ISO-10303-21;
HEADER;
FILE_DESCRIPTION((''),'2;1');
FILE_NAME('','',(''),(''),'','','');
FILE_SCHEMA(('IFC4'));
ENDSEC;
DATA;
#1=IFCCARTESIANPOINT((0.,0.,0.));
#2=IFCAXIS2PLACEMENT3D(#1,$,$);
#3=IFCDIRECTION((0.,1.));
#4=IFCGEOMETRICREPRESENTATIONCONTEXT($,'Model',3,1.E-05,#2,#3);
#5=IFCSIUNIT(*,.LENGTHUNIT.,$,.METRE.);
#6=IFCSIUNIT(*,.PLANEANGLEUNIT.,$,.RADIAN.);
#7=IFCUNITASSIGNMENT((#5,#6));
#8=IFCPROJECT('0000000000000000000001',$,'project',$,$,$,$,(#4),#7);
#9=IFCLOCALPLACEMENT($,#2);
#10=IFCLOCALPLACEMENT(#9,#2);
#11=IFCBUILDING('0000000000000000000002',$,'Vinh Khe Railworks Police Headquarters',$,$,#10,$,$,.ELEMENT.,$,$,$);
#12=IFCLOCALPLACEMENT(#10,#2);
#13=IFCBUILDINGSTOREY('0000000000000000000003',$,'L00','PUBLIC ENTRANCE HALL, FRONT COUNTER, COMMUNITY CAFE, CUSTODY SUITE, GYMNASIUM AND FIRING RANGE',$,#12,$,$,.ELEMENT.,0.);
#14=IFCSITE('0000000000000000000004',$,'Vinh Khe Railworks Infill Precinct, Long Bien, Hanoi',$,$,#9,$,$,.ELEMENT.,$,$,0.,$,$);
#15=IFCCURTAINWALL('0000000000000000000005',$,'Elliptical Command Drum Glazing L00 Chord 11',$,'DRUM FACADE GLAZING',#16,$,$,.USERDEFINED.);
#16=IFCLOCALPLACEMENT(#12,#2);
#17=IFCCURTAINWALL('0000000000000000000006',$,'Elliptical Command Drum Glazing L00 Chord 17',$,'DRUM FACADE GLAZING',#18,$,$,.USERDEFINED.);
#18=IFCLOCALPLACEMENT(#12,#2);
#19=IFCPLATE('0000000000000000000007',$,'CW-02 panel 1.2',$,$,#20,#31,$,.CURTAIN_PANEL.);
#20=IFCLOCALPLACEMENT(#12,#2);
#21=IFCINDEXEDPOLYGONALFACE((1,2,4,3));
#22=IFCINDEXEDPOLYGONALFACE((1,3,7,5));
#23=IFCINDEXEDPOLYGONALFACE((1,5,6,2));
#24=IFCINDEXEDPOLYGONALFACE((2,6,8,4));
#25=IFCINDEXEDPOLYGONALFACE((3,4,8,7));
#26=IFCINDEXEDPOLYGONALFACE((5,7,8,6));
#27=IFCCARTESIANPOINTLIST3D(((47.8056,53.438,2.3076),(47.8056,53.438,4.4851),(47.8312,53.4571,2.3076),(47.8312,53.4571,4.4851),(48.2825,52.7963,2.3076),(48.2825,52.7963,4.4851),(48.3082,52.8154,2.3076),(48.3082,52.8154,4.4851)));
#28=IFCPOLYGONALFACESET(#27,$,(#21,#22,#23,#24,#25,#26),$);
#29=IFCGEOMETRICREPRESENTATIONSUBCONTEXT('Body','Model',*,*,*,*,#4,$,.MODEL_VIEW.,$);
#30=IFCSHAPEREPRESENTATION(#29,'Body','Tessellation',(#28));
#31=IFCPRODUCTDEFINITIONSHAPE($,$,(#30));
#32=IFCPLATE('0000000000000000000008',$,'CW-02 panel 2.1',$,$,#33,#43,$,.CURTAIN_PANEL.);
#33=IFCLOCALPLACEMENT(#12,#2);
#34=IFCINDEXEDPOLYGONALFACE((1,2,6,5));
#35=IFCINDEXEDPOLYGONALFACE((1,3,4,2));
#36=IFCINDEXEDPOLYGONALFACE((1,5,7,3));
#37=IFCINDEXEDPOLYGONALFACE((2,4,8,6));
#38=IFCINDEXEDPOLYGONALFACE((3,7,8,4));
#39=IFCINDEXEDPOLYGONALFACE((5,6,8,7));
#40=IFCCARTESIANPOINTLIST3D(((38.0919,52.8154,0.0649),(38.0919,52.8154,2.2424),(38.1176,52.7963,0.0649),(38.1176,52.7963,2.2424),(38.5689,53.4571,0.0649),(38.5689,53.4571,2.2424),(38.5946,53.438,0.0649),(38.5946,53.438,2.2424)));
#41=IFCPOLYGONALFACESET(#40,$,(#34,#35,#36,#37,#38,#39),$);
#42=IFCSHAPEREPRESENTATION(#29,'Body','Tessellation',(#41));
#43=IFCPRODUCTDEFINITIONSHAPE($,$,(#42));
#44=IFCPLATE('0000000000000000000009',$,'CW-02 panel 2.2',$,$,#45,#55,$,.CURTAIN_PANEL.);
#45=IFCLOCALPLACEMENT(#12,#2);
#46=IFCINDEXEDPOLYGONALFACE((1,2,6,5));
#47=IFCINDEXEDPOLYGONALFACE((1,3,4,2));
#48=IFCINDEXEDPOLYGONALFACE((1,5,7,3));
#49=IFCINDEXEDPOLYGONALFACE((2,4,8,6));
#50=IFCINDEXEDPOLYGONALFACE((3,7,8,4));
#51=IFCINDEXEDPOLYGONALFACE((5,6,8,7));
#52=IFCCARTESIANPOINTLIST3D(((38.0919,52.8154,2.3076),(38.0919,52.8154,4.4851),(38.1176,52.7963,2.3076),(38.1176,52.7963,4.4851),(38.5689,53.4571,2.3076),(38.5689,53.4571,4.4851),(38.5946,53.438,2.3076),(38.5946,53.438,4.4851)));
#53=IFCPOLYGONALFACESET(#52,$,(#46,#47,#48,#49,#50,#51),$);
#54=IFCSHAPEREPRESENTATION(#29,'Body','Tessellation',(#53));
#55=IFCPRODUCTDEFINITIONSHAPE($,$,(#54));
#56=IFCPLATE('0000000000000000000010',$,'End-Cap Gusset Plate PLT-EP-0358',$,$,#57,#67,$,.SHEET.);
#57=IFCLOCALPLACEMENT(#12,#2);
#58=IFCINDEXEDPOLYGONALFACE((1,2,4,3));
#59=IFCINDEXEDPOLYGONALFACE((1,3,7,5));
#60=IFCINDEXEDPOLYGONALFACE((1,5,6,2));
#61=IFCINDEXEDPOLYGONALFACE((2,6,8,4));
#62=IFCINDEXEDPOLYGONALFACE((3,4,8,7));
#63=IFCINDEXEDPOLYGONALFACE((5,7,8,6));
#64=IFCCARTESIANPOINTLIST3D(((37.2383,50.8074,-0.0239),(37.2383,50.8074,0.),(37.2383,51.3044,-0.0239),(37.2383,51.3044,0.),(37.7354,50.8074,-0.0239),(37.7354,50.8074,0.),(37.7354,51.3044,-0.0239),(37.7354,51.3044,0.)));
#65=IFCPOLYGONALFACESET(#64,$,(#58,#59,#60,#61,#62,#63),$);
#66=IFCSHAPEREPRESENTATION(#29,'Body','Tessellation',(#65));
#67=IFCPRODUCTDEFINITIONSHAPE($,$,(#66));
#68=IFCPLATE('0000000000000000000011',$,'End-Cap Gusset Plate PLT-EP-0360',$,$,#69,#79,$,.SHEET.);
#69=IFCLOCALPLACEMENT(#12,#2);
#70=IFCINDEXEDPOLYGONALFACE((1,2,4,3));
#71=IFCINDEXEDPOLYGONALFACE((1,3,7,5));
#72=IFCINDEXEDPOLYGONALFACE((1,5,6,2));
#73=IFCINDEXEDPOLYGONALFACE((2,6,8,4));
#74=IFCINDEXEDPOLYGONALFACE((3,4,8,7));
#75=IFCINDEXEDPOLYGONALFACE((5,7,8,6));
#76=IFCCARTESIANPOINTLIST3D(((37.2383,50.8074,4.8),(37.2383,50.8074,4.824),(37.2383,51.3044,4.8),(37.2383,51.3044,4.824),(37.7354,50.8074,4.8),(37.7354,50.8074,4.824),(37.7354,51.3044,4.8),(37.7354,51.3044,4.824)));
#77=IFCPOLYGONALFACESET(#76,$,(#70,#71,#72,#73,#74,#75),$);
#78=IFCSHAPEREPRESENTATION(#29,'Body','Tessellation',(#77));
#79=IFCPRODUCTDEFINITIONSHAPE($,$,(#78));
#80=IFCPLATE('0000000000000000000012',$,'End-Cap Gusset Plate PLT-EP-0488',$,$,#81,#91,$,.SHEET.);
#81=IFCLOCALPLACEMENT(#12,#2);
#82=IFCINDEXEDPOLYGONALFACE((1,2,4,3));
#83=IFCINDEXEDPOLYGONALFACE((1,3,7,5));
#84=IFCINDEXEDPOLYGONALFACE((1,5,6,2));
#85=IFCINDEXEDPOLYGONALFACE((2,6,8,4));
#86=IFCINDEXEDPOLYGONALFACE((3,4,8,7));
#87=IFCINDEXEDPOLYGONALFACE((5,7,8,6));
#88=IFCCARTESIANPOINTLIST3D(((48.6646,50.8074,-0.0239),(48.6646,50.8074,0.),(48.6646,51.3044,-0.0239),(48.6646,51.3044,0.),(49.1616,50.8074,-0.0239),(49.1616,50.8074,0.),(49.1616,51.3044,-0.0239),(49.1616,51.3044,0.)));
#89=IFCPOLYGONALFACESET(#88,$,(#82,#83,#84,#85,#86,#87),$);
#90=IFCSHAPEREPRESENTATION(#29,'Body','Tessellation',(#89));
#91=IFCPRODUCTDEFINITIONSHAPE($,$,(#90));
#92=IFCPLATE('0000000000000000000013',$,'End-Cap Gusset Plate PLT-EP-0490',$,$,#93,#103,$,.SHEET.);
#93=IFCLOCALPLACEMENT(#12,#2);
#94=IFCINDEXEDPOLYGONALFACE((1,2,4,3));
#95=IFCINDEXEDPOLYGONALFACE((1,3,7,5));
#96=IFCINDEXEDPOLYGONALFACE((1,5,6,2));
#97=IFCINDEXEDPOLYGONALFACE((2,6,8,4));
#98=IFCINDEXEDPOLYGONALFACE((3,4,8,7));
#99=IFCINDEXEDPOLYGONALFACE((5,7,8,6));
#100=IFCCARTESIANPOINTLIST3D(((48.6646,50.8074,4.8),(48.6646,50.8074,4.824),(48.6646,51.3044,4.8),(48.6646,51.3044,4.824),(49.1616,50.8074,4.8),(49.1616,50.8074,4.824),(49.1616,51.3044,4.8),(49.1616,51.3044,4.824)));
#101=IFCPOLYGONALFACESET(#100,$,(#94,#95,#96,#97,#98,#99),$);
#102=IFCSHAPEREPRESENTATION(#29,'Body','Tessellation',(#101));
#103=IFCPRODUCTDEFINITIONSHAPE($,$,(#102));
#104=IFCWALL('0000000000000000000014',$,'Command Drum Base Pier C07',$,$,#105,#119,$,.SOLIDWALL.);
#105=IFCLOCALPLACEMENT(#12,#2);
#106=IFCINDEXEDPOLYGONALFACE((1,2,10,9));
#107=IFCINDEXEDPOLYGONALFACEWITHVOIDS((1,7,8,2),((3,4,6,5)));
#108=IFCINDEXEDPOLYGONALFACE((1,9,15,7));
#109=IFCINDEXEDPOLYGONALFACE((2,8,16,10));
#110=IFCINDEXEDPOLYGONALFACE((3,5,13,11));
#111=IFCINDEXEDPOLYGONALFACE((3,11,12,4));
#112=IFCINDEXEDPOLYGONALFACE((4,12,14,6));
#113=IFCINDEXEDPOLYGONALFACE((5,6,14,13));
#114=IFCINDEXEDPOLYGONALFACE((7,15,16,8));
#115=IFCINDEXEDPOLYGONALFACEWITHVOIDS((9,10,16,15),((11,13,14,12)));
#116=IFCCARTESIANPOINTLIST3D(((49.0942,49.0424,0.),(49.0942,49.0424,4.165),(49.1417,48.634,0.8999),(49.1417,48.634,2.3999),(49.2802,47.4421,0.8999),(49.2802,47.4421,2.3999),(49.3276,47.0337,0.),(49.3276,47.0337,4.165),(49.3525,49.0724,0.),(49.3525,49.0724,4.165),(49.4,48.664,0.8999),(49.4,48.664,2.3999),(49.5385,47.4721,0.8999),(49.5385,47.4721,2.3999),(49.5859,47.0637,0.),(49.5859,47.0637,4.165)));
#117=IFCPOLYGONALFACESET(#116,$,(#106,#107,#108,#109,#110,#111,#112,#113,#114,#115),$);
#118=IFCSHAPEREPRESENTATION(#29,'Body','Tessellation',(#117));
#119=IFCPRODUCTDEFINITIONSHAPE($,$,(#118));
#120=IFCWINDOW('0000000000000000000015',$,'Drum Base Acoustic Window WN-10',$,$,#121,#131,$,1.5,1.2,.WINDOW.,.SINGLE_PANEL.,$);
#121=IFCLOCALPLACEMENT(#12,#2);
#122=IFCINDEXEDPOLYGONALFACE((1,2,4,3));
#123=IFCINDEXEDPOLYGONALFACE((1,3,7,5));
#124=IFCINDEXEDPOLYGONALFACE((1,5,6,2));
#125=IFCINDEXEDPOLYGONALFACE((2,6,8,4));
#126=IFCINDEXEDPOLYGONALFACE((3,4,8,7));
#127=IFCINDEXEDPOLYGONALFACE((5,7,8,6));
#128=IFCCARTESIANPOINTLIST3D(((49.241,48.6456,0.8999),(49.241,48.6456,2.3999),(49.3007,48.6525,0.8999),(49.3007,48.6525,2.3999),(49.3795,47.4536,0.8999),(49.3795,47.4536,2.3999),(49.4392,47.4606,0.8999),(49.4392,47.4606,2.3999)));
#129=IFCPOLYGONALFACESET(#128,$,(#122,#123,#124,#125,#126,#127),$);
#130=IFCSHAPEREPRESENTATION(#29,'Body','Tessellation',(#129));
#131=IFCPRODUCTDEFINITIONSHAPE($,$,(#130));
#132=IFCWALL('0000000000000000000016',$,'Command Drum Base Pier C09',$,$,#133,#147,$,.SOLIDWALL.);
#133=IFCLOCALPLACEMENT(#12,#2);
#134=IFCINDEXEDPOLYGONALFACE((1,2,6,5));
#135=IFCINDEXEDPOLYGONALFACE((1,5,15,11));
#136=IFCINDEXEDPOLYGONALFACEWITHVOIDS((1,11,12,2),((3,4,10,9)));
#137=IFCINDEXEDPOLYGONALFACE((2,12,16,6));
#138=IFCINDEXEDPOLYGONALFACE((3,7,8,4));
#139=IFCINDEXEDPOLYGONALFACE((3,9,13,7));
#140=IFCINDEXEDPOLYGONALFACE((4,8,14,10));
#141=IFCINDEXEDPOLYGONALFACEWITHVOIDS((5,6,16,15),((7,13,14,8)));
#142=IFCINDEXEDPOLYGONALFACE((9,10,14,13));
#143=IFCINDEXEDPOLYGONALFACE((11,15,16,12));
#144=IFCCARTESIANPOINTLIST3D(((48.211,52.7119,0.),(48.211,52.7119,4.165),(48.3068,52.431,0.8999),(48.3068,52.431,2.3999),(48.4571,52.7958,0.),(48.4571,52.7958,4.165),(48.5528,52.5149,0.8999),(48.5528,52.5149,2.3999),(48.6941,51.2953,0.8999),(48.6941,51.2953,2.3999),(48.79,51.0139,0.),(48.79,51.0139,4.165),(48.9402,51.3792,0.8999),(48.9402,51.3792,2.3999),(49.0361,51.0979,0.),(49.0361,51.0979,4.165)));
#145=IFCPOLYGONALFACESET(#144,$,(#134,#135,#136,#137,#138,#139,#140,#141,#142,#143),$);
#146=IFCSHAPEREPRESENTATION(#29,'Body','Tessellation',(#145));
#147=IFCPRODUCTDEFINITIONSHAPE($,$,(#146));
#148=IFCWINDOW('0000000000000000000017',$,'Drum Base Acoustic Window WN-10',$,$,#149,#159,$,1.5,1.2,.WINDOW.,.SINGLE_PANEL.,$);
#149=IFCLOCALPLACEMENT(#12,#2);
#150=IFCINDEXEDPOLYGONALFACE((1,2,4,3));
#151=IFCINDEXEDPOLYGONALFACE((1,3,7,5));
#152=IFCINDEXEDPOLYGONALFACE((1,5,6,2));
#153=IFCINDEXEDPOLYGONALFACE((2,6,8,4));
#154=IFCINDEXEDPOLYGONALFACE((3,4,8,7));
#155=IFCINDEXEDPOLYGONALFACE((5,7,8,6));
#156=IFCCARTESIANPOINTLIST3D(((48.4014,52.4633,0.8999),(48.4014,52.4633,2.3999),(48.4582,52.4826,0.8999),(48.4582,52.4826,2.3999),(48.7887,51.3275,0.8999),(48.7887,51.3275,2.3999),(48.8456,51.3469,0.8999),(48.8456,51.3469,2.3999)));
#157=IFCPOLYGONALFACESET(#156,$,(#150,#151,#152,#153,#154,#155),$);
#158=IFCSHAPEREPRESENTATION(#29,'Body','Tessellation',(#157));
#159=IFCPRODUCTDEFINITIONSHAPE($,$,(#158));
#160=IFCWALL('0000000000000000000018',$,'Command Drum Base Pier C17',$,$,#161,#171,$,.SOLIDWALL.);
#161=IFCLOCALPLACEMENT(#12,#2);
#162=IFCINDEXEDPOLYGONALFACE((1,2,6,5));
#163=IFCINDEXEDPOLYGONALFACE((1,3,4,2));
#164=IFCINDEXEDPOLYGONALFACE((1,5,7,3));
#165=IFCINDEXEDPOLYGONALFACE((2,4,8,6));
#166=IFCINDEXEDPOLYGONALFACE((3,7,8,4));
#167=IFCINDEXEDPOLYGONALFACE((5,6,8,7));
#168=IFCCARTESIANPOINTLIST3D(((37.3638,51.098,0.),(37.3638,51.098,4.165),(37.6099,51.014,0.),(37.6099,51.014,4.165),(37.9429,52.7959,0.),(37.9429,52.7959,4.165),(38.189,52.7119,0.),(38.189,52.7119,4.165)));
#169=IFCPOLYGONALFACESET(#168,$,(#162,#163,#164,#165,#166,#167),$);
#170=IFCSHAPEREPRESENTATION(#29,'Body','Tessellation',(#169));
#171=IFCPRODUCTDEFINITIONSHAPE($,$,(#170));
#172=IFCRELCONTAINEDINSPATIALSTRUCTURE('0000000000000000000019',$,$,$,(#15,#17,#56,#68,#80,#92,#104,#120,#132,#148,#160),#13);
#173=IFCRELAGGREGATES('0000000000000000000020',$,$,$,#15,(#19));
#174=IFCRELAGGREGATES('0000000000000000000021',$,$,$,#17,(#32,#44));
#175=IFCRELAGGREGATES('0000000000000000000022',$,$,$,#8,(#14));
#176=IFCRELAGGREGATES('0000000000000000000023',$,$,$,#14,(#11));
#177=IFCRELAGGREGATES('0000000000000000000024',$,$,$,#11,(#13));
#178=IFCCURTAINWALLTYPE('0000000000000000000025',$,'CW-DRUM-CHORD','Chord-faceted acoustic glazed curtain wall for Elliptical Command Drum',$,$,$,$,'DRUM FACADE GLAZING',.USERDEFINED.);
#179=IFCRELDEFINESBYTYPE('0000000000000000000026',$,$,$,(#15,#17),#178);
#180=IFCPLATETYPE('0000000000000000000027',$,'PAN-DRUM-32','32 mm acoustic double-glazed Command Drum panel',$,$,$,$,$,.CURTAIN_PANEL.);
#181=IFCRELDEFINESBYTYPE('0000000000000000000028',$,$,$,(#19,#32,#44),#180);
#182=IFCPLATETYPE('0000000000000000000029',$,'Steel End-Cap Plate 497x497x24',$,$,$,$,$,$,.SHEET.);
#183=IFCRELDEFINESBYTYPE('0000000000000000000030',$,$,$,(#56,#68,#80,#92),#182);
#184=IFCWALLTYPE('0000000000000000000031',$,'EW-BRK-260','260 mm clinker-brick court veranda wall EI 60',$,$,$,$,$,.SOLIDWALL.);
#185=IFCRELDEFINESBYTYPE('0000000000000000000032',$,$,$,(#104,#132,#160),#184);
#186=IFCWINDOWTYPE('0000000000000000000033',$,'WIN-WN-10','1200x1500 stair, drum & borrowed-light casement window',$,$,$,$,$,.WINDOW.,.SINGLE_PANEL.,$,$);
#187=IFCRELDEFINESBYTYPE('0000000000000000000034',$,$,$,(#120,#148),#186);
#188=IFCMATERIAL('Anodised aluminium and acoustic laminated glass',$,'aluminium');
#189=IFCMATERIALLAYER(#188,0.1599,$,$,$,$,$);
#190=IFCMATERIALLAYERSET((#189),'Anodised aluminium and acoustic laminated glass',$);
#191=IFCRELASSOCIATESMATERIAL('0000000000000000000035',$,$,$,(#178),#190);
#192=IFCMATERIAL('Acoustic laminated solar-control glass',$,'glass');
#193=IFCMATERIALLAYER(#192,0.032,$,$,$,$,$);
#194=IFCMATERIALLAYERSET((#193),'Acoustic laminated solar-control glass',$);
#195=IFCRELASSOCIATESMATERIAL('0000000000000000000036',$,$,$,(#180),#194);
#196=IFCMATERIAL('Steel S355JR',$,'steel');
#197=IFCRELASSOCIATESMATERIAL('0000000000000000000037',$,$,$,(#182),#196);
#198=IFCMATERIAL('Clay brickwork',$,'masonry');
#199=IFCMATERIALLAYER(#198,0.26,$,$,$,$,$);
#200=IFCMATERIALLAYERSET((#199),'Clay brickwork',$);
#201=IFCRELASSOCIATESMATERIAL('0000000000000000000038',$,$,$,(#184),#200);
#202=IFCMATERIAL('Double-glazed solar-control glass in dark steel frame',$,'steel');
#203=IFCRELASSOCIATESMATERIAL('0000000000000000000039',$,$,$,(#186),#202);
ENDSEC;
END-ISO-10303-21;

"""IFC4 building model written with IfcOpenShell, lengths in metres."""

from ifc_helpers import new_model, si_unit, direction, frame, frame_2d, origin, origin_2d, place, context, subcontext, project, spatial, rectangle, extrude, material, layer, layer_set, material_profile, profile_set, type_object, element, fill, aggregate, save


model = new_model("IFC4")

# Units and contexts
model_context = context("Model", 3, precision=1e-05, world=origin(), true_north=direction((0.0, 1.0)))
body_context = subcontext(model_context, "Body", "Model", "MODEL_VIEW")
ifc_project = project(units=[si_unit("LENGTHUNIT", "METRE"), si_unit("PLANEANGLEUNIT", "RADIAN")], contexts=[model_context])

# Site, building, storey
site_placement = place(None, origin())
site = spatial("IfcSite", under=ifc_project, at=site_placement, Name="Vinh Khe Railworks Infill Precinct, Long Bien, Hanoi", CompositionType="ELEMENT", RefElevation=0.0)
building_placement = place(site_placement, origin())
building = spatial("IfcBuilding", under=site, at=building_placement, Name="Vinh Khe Railworks Police Headquarters", CompositionType="ELEMENT")
storey_placement = place(building_placement, origin())
storey = spatial("IfcBuildingStorey", under=building, at=storey_placement, Name="L00", Description="PUBLIC ENTRANCE HALL, FRONT COUNTER, COMMUNITY CAFE, CUSTODY SUITE, GYMNASIUM AND FIRING RANGE", CompositionType="ELEMENT", Elevation=0.0)

# Shared definitions
ifc_material_1 = material(Name="Steel S355JR", Category="steel")

# Shared definitions
ifc_material_2 = material(Name="Anodised aluminium and acoustic laminated glass", Category="aluminium")
ifc_layer_1 = layer(ifc_material_2, 0.1599)
ifc_layer_set_1 = layer_set([ifc_layer_1], Name="Anodised aluminium and acoustic laminated glass")
curtain_wall_type = type_object("IfcCurtainWallType", Name="CW-DRUM-CHORD", Description="Chord-faceted acoustic glazed curtain wall for Elliptical Command Drum", ElementType="DRUM FACADE GLAZING", PredefinedType="USERDEFINED", material=ifc_layer_set_1)

# Curtain walls
curtain_wall_1_placement = place(storey_placement, origin())
curtain_wall_1 = element("IfcCurtainWall", 1, at=curtain_wall_1_placement, inside=storey, type_object=curtain_wall_type, Name="Elliptical Command Drum Glazing L00 Chord 11", ObjectType="DRUM FACADE GLAZING", PredefinedType="USERDEFINED")
curtain_wall_2_placement = place(storey_placement, origin())
curtain_wall_2 = element("IfcCurtainWall", 2, at=curtain_wall_2_placement, inside=storey, type_object=curtain_wall_type, Name="Elliptical Command Drum Glazing L00 Chord 17", ObjectType="DRUM FACADE GLAZING", PredefinedType="USERDEFINED")

# Plates
ifc_material_3 = material(Name="Acoustic laminated solar-control glass", Category="glass")
ifc_layer_2 = layer(ifc_material_3, 0.032)
ifc_layer_set_2 = layer_set([ifc_layer_2], Name="Acoustic laminated solar-control glass")
plate_type_1 = type_object("IfcPlateType", Name="PAN-DRUM-32", Description="32 mm acoustic double-glazed Command Drum panel", PredefinedType="CURTAIN_PANEL", material=ifc_layer_set_2)
plate_1_placement = place(storey_placement, frame((48.0569, 53.1267, 2.3076), z_axis=(0.0, 0.0, 1.0), x_axis=(-0.596528, 0.802592, 0.0)))
plate_1 = element("IfcPlate", 3, at=plate_1_placement, type_object=plate_type_1, Name="CW-02 panel 1.2", PredefinedType="CURTAIN_PANEL", context=body_context, shape_type="SweptSolid", body=[
    extrude(rectangle(XDim=0.7996, YDim=0.032, at=origin_2d()), origin(), (0.0, 0.0, 1.0), 2.1775),
])
aggregate(curtain_wall_1, [plate_1])
plate_2_placement = place(storey_placement, frame((38.3433, 53.1267, 0.0649), z_axis=(0.0, 0.0, 1.0), x_axis=(-0.596528, -0.802592, 0.0)))
plate_2 = element("IfcPlate", 4, at=plate_2_placement, type_object=plate_type_1, Name="CW-02 panel 2.1", PredefinedType="CURTAIN_PANEL", context=body_context, shape_type="SweptSolid", body=[
    extrude(rectangle(XDim=0.7996, YDim=0.032, at=origin_2d()), origin(), (0.0, 0.0, 1.0), 2.1775),
])
plate_3_placement = place(storey_placement, frame((38.3433, 53.1267, 2.3076), z_axis=(0.0, 0.0, 1.0), x_axis=(-0.596528, -0.802592, 0.0)))
plate_3 = element("IfcPlate", 5, at=plate_3_placement, type_object=plate_type_1, Name="CW-02 panel 2.2", PredefinedType="CURTAIN_PANEL", context=body_context, shape_type="SweptSolid", body=[
    extrude(rectangle(XDim=0.7996, YDim=0.032, at=origin_2d()), origin(), (0.0, 0.0, 1.0), 2.1775),
])
aggregate(curtain_wall_2, [plate_2, plate_3])

# Plates
ifc_material_profile_1 = material_profile(ifc_material_1, rectangle(XDim=0.4971, YDim=0.4971, at=origin_2d()), Name="PL 497x497")
ifc_profile_set_1 = profile_set([ifc_material_profile_1], Name="Steel S355JR")
plate_type_2 = type_object("IfcPlateType", Name="Steel End-Cap Plate 497x497x24", PredefinedType="SHEET", material=ifc_profile_set_1)
for number, where, z_axis, x_axis, name in (
    (6, (37.4868, 51.0559, 0.0), (0.0, 0.0, -1.0), (1.0, 0.0, 0.0), "End-Cap Gusset Plate PLT-EP-0358"),
    (7, (37.4868, 51.0559, 4.8), (0.0, 0.0, 1.0), (1.0, 0.0, 0.0), "End-Cap Gusset Plate PLT-EP-0360"),
    (8, (48.9131, 51.0559, 0.0), (0.0, 0.0, -1.0), (1.0, 0.0, 0.0), "End-Cap Gusset Plate PLT-EP-0488"),
    (9, (48.9131, 51.0559, 4.8), (0.0, 0.0, 1.0), (1.0, 0.0, 0.0), "End-Cap Gusset Plate PLT-EP-0490"),
):
    element("IfcPlate", number, at=place(storey_placement, frame(where, z_axis=z_axis, x_axis=x_axis)), inside=storey, type_object=plate_type_2, Name=name, PredefinedType="SHEET", context=body_context, shape_type="SweptSolid", body=[
        extrude(rectangle(XDim=0.4971, YDim=0.4971, at=origin_2d()), origin(), (0.0, 0.0, 1.0), 0.0239),
    ])

# Walls, openings, windows
ifc_material_4 = material(Name="Clay brickwork", Category="masonry")
ifc_layer_3 = layer(ifc_material_4, 0.26)
ifc_layer_set_3 = layer_set([ifc_layer_3], Name="Clay brickwork")
wall_type = type_object("IfcWallType", Name="EW-BRK-260", Description="260 mm clinker-brick court veranda wall EI 60", PredefinedType="SOLIDWALL", material=ifc_layer_set_3)
wall_1_placement = place(storey_placement, frame((49.4568, 47.0486, 0.0), z_axis=(0.0, 0.0, 1.0), x_axis=(-0.115412, 0.993318, 0.0)))
wall_1 = element("IfcWall", 10, at=wall_1_placement, inside=storey, type_object=wall_type, Name="Command Drum Base Pier C07", PredefinedType="SOLIDWALL", context=body_context, shape_type="SweptSolid", body=[
    extrude(rectangle(XDim=2.0222, YDim=0.26, at=frame_2d((1.0112, 0.0))), origin(), (0.0, 0.0, 1.0), 4.165),
])
opening_1_placement = place(wall_1_placement, frame((0.4111, 0.0, 0.8999)))
opening_1 = element("IfcOpeningElement", 11, at=opening_1_placement, cuts=wall_1, PredefinedType="OPENING", context=body_context, shape_type="SweptSolid", body=[
    extrude(rectangle(XDim=1.2, YDim=1.5, at=frame_2d((0.6001, 0.75))), frame((0.0, 0.145, 0.0), z_axis=(0.0, -1.0, 0.0), x_axis=(1.0, 0.0, 0.0)), (0.0, 0.0, 1.0), 0.2898),
])
ifc_material_5 = material(Name="Double-glazed solar-control glass in dark steel frame", Category="steel")
window_type = type_object("IfcWindowType", Name="WIN-WN-10", Description="1200x1500 stair, drum & borrowed-light casement window", PartitioningType="SINGLE_PANEL", PredefinedType="WINDOW", material=ifc_material_5)
window_1_placement = place(opening_1_placement, origin())
window_1 = element("IfcWindow", 12, at=window_1_placement, inside=storey, type_object=window_type, Name="Drum Base Acoustic Window WN-10", OverallHeight=1.5, OverallWidth=1.2, PartitioningType="SINGLE_PANEL", PredefinedType="WINDOW", context=body_context, shape_type="SweptSolid", body=[
    extrude(rectangle(XDim=1.2, YDim=1.5, at=frame_2d((0.6001, 0.75))), frame((0.0, 0.03, 0.0), z_axis=(0.0, -1.0, 0.0), x_axis=(1.0, 0.0, 0.0)), (0.0, 0.0, 1.0), 0.0601),
])
fill(opening_1, window_1)
wall_2_placement = place(storey_placement, frame((48.9131, 51.0559, 0.0), z_axis=(0.0, 0.0, 1.0), x_axis=(-0.322793, 0.94647, 0.0)))
wall_2 = element("IfcWall", 13, at=wall_2_placement, inside=storey, type_object=wall_type, Name="Command Drum Base Pier C09", PredefinedType="SOLIDWALL", context=body_context, shape_type="SweptSolid", body=[
    extrude(rectangle(XDim=1.7939, YDim=0.26, at=frame_2d((0.897, 0.0))), origin(), (0.0, 0.0, 1.0), 4.165),
])
opening_2_placement = place(wall_2_placement, frame((0.2971, 0.0, 0.8999)))
opening_2 = element("IfcOpeningElement", 14, at=opening_2_placement, cuts=wall_2, PredefinedType="OPENING", context=body_context, shape_type="SweptSolid", body=[
    extrude(rectangle(XDim=1.2, YDim=1.5, at=frame_2d((0.6001, 0.75))), frame((0.0, 0.145, 0.0), z_axis=(0.0, -1.0, 0.0), x_axis=(1.0, 0.0, 0.0)), (0.0, 0.0, 1.0), 0.2898),
])
window_2_placement = place(opening_2_placement, origin())
window_2 = element("IfcWindow", 15, at=window_2_placement, inside=storey, type_object=window_type, Name="Drum Base Acoustic Window WN-10", OverallHeight=1.5, OverallWidth=1.2, PartitioningType="SINGLE_PANEL", PredefinedType="WINDOW", context=body_context, shape_type="SweptSolid", body=[
    extrude(rectangle(XDim=1.2, YDim=1.5, at=frame_2d((0.6001, 0.75))), frame((0.0, 0.03, 0.0), z_axis=(0.0, -1.0, 0.0), x_axis=(1.0, 0.0, 0.0)), (0.0, 0.0, 1.0), 0.0601),
])
fill(opening_2, window_2)

# Wall
wall_3_placement = place(storey_placement, frame((38.0659, 52.7539, 0.0), z_axis=(0.0, 0.0, 1.0), x_axis=(-0.322793, -0.94647, 0.0)))
element("IfcWall", 16, at=wall_3_placement, inside=storey, type_object=wall_type, Name="Command Drum Base Pier C17", PredefinedType="SOLIDWALL", context=body_context, shape_type="SweptSolid", body=[
    extrude(rectangle(XDim=1.7939, YDim=0.26, at=frame_2d((0.897, 0.0))), origin(), (0.0, 0.0, 1.0), 4.165),
])

save(model, "model.ifc")
